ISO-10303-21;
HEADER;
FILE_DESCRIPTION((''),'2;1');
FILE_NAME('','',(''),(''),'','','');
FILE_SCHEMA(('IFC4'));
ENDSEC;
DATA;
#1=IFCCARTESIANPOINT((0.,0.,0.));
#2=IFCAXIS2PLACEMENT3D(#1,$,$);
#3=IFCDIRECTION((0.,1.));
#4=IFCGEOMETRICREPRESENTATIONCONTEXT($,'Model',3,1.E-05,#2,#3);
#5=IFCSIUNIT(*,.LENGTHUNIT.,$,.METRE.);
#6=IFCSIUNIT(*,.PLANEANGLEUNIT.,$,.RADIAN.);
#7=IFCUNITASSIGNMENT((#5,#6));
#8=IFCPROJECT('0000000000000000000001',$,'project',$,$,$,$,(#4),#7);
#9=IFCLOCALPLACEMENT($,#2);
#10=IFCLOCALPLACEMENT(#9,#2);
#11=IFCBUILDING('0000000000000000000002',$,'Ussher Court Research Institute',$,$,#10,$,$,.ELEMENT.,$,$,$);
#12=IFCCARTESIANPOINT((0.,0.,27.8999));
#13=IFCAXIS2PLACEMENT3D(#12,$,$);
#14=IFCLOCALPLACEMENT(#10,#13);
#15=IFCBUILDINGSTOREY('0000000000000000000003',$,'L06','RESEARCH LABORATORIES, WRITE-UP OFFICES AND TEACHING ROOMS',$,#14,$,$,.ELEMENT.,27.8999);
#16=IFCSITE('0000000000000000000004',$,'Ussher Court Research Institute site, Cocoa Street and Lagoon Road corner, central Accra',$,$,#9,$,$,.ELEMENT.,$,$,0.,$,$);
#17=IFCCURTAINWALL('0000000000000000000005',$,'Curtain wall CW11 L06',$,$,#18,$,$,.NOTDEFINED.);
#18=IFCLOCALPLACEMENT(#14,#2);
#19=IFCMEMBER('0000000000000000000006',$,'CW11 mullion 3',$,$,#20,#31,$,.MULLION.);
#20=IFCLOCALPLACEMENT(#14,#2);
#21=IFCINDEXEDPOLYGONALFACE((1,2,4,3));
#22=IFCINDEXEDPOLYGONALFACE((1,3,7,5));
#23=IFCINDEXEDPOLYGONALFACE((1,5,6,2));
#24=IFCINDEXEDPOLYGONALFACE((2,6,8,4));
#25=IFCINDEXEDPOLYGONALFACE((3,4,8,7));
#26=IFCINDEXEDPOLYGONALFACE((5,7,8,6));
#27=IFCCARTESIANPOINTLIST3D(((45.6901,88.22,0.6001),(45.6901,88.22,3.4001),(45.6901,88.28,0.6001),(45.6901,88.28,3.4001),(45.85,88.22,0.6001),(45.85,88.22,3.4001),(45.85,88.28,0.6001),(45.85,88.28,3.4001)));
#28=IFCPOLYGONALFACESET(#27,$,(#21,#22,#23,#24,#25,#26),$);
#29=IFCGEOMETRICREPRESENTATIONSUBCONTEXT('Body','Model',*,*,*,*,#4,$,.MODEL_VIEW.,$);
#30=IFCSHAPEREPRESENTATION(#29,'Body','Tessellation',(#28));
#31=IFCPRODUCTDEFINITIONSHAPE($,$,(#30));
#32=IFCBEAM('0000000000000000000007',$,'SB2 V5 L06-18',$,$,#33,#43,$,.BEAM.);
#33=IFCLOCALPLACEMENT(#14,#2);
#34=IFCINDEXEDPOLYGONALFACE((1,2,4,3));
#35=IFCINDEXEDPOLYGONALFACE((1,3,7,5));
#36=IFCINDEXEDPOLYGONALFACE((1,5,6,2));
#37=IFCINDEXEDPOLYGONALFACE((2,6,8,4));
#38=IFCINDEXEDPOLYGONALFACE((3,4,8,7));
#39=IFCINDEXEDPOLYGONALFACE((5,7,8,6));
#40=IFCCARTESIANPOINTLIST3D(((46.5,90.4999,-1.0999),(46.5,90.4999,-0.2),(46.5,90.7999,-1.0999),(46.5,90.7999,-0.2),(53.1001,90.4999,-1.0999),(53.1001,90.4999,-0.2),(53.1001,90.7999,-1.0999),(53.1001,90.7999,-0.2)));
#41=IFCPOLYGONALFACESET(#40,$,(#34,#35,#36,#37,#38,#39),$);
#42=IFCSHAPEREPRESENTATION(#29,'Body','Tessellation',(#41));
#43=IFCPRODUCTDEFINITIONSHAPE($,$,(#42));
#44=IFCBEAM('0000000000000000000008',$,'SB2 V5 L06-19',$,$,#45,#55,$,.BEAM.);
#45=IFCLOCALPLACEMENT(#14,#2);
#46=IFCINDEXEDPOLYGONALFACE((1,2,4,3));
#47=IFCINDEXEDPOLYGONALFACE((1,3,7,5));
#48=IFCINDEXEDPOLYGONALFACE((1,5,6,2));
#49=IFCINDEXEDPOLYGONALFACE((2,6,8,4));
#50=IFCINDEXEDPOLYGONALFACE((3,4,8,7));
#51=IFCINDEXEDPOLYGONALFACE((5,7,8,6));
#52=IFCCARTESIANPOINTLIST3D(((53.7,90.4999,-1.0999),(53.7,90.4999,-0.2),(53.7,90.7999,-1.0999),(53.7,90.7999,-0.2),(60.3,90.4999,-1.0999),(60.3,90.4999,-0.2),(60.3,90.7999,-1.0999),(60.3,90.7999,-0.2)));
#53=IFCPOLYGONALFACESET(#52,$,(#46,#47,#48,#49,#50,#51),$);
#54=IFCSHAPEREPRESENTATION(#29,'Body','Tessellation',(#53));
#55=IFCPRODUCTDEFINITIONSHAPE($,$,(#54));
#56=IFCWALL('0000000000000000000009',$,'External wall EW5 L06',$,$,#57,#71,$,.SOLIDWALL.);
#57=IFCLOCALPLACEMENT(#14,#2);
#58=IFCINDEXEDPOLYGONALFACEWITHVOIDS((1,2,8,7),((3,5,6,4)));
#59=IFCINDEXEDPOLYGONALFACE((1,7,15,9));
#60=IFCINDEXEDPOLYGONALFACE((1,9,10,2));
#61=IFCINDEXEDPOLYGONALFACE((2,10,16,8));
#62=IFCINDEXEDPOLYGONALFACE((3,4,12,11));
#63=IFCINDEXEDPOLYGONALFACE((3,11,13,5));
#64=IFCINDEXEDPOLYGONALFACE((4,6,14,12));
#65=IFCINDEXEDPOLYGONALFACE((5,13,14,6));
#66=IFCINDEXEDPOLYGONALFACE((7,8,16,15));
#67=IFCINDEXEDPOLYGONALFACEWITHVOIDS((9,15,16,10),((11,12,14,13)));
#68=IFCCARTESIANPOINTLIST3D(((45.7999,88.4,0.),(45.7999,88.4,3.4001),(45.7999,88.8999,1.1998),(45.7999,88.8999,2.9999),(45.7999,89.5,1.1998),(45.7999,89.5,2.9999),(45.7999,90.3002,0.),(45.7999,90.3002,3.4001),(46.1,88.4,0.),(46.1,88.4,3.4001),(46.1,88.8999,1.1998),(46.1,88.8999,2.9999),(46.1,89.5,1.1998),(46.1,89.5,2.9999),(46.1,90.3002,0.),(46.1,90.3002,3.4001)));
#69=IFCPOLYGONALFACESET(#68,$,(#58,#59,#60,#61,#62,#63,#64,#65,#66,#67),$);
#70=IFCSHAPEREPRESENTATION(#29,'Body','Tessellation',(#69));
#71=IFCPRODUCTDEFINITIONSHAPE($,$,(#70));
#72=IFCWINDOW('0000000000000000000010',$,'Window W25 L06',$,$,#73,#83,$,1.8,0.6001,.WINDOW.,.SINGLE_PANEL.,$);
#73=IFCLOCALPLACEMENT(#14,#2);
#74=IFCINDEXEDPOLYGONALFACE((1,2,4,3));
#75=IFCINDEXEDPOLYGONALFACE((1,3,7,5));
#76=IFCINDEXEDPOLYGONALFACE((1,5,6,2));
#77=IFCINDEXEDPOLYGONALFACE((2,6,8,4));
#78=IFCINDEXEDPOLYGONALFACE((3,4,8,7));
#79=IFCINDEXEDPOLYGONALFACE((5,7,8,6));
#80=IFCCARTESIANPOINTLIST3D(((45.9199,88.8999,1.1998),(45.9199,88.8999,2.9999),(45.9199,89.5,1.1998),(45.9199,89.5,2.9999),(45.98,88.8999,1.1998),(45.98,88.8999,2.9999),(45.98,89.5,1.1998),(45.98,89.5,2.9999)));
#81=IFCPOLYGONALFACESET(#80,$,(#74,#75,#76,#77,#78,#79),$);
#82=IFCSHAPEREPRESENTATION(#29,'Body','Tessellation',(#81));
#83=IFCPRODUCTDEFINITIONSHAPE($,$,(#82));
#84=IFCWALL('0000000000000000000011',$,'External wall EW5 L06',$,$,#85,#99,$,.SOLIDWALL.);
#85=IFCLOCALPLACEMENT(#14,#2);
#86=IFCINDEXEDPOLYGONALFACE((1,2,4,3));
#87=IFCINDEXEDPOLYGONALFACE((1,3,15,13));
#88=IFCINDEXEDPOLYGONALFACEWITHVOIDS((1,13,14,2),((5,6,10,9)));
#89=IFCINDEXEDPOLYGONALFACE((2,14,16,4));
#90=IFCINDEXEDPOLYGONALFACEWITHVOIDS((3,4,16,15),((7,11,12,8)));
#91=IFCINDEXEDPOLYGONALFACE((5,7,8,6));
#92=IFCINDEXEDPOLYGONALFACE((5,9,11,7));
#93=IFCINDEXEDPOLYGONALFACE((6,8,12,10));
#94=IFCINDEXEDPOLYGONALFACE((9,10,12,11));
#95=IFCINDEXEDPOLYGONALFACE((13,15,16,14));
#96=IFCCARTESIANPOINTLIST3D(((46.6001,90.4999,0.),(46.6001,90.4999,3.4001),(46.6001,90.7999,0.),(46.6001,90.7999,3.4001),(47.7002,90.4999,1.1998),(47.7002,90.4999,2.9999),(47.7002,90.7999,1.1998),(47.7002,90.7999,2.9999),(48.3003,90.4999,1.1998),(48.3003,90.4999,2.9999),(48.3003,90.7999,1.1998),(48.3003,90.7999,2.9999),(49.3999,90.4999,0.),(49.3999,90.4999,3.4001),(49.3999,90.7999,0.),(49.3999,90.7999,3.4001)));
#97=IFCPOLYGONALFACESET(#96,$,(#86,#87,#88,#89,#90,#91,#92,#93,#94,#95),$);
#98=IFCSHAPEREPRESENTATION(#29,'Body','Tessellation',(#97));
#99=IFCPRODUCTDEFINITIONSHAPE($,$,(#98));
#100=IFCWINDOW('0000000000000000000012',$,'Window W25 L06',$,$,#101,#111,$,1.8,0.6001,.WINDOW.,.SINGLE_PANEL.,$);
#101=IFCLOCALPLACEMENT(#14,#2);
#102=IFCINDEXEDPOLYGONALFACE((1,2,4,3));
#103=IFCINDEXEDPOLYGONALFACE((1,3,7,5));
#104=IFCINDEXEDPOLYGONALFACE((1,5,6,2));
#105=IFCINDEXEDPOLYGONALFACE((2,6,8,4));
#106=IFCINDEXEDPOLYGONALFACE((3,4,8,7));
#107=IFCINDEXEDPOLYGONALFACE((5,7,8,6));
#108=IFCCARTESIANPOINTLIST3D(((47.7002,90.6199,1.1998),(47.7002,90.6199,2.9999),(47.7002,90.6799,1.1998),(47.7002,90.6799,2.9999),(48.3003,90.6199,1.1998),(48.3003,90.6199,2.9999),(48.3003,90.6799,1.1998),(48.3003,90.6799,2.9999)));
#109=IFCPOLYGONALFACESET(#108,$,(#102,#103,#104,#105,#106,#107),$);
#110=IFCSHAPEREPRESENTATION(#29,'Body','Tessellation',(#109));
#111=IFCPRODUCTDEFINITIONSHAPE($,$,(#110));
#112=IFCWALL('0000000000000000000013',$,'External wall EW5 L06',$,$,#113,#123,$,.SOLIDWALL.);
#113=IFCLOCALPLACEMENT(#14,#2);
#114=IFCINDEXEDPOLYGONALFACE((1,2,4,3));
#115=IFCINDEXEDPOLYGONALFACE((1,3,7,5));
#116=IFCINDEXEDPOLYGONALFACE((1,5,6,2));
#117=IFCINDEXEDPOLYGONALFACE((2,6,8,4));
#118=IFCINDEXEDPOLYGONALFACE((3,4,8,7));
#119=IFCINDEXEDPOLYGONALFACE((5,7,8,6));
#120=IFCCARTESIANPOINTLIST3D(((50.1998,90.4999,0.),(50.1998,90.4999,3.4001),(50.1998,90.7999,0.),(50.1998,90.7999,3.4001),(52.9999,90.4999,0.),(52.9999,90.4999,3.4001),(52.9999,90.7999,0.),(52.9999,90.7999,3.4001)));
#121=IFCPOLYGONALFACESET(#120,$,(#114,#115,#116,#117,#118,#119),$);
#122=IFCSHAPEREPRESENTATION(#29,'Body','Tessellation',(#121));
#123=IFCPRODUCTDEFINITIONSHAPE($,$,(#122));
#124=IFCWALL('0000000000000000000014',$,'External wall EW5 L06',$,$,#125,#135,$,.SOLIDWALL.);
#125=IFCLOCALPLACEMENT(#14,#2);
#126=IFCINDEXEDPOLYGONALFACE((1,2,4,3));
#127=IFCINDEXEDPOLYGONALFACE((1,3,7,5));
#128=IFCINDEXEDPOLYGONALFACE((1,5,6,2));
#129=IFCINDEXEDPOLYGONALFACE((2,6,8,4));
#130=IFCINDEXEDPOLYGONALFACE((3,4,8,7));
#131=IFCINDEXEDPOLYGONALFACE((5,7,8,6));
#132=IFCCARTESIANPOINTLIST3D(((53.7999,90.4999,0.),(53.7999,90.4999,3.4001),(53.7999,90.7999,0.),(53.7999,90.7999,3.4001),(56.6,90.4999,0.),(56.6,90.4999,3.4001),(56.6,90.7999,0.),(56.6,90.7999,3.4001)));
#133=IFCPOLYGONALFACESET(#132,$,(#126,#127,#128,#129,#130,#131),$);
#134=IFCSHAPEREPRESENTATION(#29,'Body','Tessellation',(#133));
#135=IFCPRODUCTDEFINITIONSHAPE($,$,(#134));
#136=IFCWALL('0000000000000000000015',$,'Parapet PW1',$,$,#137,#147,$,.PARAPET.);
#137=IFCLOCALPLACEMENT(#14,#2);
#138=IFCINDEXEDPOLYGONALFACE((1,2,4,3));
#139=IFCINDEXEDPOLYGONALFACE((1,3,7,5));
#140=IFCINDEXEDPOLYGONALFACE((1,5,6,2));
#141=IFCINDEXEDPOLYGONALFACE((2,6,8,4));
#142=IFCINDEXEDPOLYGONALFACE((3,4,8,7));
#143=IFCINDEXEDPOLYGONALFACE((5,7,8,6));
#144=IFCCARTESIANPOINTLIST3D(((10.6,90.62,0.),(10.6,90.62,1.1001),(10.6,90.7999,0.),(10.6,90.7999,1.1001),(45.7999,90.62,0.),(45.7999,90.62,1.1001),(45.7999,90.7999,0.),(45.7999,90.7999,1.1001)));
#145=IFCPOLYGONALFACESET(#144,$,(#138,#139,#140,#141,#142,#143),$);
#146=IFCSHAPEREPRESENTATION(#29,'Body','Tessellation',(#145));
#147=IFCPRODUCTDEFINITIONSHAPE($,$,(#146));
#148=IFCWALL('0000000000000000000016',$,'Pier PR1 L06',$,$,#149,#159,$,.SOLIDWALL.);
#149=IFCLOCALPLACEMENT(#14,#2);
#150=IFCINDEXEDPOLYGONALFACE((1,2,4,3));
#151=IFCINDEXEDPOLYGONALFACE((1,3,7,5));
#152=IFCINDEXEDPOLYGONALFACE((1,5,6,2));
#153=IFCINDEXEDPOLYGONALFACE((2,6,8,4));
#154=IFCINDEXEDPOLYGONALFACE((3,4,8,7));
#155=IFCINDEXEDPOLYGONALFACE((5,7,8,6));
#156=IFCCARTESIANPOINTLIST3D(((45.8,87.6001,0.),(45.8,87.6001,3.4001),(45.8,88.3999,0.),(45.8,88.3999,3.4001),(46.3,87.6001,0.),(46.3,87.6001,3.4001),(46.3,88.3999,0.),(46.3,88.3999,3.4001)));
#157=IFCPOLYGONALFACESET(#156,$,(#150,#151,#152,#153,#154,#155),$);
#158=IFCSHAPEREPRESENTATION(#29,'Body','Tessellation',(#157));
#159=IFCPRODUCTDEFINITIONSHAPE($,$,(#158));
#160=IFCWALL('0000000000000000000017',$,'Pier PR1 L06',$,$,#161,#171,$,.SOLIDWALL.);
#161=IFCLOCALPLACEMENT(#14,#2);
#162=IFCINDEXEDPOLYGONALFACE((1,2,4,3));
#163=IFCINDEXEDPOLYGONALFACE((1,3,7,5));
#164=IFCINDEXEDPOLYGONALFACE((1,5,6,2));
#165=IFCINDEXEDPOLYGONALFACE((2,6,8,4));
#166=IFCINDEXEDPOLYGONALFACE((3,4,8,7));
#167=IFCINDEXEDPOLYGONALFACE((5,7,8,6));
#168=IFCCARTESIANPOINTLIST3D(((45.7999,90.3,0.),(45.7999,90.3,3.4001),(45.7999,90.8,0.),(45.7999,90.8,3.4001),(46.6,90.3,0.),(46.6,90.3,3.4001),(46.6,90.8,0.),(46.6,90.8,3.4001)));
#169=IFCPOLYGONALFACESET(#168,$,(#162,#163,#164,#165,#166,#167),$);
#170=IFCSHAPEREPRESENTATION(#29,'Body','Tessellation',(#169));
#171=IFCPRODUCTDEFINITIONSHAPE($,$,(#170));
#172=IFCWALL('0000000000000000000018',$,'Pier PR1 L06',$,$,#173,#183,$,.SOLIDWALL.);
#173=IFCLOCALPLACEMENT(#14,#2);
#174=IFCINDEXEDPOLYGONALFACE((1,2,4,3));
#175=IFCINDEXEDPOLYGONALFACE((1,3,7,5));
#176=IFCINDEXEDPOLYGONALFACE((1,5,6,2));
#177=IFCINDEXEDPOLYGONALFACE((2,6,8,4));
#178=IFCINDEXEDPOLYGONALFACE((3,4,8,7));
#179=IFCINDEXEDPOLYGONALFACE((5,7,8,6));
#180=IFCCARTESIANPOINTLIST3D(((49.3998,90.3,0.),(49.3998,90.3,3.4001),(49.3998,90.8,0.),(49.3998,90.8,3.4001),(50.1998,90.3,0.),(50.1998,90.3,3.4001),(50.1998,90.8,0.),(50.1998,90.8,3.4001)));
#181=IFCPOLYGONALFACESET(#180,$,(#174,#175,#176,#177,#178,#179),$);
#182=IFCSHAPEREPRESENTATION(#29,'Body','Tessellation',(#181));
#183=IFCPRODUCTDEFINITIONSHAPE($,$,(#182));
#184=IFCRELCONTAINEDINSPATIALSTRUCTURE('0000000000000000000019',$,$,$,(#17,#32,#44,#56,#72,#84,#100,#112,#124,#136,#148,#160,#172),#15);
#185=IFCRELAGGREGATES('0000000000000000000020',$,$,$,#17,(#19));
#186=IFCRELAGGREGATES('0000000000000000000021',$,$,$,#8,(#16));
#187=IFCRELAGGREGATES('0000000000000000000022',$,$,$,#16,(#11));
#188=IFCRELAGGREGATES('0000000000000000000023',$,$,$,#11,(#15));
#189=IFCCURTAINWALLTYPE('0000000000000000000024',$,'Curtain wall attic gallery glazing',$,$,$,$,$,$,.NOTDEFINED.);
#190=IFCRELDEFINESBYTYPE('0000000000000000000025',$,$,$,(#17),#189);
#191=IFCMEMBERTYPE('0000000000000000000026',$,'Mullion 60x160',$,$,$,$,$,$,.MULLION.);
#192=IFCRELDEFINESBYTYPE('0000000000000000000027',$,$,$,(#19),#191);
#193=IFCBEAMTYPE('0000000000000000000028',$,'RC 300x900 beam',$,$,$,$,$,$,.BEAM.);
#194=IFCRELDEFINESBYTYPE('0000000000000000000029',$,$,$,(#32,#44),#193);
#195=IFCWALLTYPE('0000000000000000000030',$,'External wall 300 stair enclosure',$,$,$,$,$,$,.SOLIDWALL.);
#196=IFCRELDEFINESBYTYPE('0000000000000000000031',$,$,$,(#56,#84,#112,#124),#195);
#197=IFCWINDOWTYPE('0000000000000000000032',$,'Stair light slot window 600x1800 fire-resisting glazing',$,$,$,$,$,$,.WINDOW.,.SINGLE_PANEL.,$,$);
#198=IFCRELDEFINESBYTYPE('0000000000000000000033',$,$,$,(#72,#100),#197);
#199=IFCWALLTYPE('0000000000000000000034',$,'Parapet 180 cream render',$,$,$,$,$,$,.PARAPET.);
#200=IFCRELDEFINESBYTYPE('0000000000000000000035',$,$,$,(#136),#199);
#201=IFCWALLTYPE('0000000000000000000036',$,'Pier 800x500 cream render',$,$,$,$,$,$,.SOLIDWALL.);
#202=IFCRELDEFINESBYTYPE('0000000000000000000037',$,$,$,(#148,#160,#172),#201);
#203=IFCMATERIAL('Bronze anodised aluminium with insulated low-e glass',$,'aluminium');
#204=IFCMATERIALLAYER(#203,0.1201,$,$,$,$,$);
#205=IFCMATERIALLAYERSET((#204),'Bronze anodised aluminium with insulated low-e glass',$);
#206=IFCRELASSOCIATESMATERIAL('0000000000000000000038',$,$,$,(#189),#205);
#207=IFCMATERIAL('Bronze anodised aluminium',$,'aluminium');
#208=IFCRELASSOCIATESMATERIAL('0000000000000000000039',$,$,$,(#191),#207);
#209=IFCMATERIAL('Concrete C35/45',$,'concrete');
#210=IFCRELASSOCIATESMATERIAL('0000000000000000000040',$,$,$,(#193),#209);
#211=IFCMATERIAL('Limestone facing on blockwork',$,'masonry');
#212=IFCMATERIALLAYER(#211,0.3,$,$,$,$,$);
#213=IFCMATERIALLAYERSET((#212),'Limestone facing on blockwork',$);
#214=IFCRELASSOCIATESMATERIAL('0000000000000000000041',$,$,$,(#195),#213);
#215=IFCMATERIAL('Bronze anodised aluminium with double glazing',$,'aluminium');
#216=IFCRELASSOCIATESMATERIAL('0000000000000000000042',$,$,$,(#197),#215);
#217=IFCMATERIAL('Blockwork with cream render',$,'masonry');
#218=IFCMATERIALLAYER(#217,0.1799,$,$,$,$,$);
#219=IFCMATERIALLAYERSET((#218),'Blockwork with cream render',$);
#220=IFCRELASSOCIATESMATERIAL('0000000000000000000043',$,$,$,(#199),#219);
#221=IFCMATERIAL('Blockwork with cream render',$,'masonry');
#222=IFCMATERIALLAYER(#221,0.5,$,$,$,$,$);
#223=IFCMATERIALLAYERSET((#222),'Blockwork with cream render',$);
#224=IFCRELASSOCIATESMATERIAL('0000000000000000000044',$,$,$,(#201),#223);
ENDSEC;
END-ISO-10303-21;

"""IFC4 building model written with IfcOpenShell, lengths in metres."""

from ifc_helpers import new_model, si_unit, direction, frame, frame_2d, origin, origin_2d, place, context, subcontext, project, spatial, rectangle, extrude, material, layer, layer_set, material_profile, profile_set, type_object, element, fill, aggregate, save


model = new_model("IFC4")

# Units and contexts
model_context = context("Model", 3, precision=1e-05, world=origin(), true_north=direction((0.0, 1.0)))
body_context = subcontext(model_context, "Body", "Model", "MODEL_VIEW")
ifc_project = project(units=[si_unit("LENGTHUNIT", "METRE"), si_unit("PLANEANGLEUNIT", "RADIAN")], contexts=[model_context])

# Site, building, storey
site_placement = place(None, origin())
site = spatial("IfcSite", under=ifc_project, at=site_placement, Name="Ussher Court Research Institute site, Cocoa Street and Lagoon Road corner, central Accra", CompositionType="ELEMENT", RefElevation=0.0)
building_placement = place(site_placement, origin())
building = spatial("IfcBuilding", under=site, at=building_placement, Name="Ussher Court Research Institute", CompositionType="ELEMENT")
storey_placement = place(building_placement, frame((0.0, 0.0, 27.8999)))
storey = spatial("IfcBuildingStorey", under=building, at=storey_placement, Name="L06", Description="RESEARCH LABORATORIES, WRITE-UP OFFICES AND TEACHING ROOMS", CompositionType="ELEMENT", Elevation=27.8999)

# Curtain wall, member
ifc_material_1 = material(Name="Bronze anodised aluminium with insulated low-e glass", Category="aluminium")
ifc_layer_1 = layer(ifc_material_1, 0.1201)
ifc_layer_set_1 = layer_set([ifc_layer_1], Name="Bronze anodised aluminium with insulated low-e glass")
curtain_wall_type = type_object("IfcCurtainWallType", Name="Curtain wall attic gallery glazing", PredefinedType="NOTDEFINED", material=ifc_layer_set_1)
curtain_wall_placement = place(storey_placement, origin())
curtain_wall = element("IfcCurtainWall", 1, at=curtain_wall_placement, inside=storey, type_object=curtain_wall_type, Name="Curtain wall CW11 L06", PredefinedType="NOTDEFINED")
ifc_material_2 = material(Name="Bronze anodised aluminium", Category="aluminium")
ifc_material_profile_1 = material_profile(ifc_material_2, rectangle(XDim=0.0601, YDim=0.1599, at=origin_2d()), Name="Mullion 60x160")
ifc_profile_set_1 = profile_set([ifc_material_profile_1], Name="Bronze anodised aluminium")
member_type = type_object("IfcMemberType", Name="Mullion 60x160", PredefinedType="MULLION", material=ifc_profile_set_1)
member_placement = place(storey_placement, frame((45.77, 88.25, 0.6001), z_axis=(0.0, 0.0, 1.0), x_axis=(0.0, 1.0, 0.0)))
member = element("IfcMember", 2, at=member_placement, type_object=member_type, Name="CW11 mullion 3", PredefinedType="MULLION", context=body_context, shape_type="SweptSolid", body=[
    extrude(rectangle(XDim=0.0601, YDim=0.1599, at=origin_2d()), origin(), (0.0, 0.0, 1.0), 2.8),
])
aggregate(curtain_wall, [member])

# Beams
ifc_material_3 = material(Name="Concrete C35/45", Category="concrete")
ifc_material_profile_2 = material_profile(ifc_material_3, rectangle(XDim=0.3, YDim=0.8999, at=origin_2d()), Name="RC 300x900")
ifc_profile_set_2 = profile_set([ifc_material_profile_2], Name="Concrete C35/45")
beam_type = type_object("IfcBeamType", Name="RC 300x900 beam", PredefinedType="BEAM", material=ifc_profile_set_2)
for number, where, z_axis, x_axis, name in (
    (3, (46.5, 90.6499, -0.6499), (1.0, 0.0, 0.0), (0.0, 1.0, 0.0), "SB2 V5 L06-18"),
    (4, (53.7, 90.6499, -0.6499), (1.0, 0.0, 0.0), (0.0, 1.0, 0.0), "SB2 V5 L06-19"),
):
    element("IfcBeam", number, at=place(storey_placement, frame(where, z_axis=z_axis, x_axis=x_axis)), inside=storey, type_object=beam_type, Name=name, PredefinedType="BEAM", context=body_context, shape_type="SweptSolid", body=[
        extrude(rectangle(XDim=0.3, YDim=0.8999, at=origin_2d()), origin(), (0.0, 0.0, 1.0), 6.6001),
    ])

# Walls, openings, windows
ifc_material_4 = material(Name="Limestone facing on blockwork", Category="masonry")
ifc_layer_2 = layer(ifc_material_4, 0.3)
ifc_layer_set_2 = layer_set([ifc_layer_2], Name="Limestone facing on blockwork")
wall_type_1 = type_object("IfcWallType", Name="External wall 300 stair enclosure", PredefinedType="SOLIDWALL", material=ifc_layer_set_2)
wall_1_placement = place(storey_placement, frame((45.95, 88.3999, 0.0), z_axis=(0.0, 0.0, 1.0), x_axis=(0.0, 1.0, 0.0)))
wall_1 = element("IfcWall", 5, at=wall_1_placement, inside=storey, type_object=wall_type_1, Name="External wall EW5 L06", PredefinedType="SOLIDWALL", context=body_context, shape_type="SweptSolid", body=[
    extrude(rectangle(XDim=1.9001, YDim=0.3, at=frame_2d((0.9502, 0.0))), origin(), (0.0, 0.0, 1.0), 3.4001),
])
opening_1_placement = place(wall_1_placement, frame((0.5, 0.0, 1.2)))
opening_1 = element("IfcOpeningElement", 6, at=opening_1_placement, cuts=wall_1, PredefinedType="OPENING", context=body_context, shape_type="SweptSolid", body=[
    extrude(rectangle(XDim=0.6001, YDim=1.8, at=frame_2d((0.3, 0.8999))), frame((0.0, 0.1602, 0.0), z_axis=(0.0, -1.0, 0.0), x_axis=(1.0, 0.0, 0.0)), (0.0, 0.0, 1.0), 0.3201),
])
ifc_material_5 = material(Name="Bronze anodised aluminium with double glazing", Category="aluminium")
window_type = type_object("IfcWindowType", Name="Stair light slot window 600x1800 fire-resisting glazing", PartitioningType="SINGLE_PANEL", PredefinedType="WINDOW", material=ifc_material_5)
window_1_placement = place(opening_1_placement, origin())
window_1 = element("IfcWindow", 7, at=window_1_placement, inside=storey, type_object=window_type, Name="Window W25 L06", OverallHeight=1.8, OverallWidth=0.6001, PartitioningType="SINGLE_PANEL", PredefinedType="WINDOW", context=body_context, shape_type="SweptSolid", body=[
    extrude(rectangle(XDim=0.6001, YDim=1.8, at=frame_2d((0.3, 0.8999))), frame((0.0, 0.03, 0.0), z_axis=(0.0, -1.0, 0.0), x_axis=(1.0, 0.0, 0.0)), (0.0, 0.0, 1.0), 0.0601),
])
fill(opening_1, window_1)
wall_2_placement = place(storey_placement, frame((46.6001, 90.6499, 0.0), z_axis=(0.0, 0.0, 1.0), x_axis=(1.0, 0.0, 0.0)))
wall_2 = element("IfcWall", 8, at=wall_2_placement, inside=storey, type_object=wall_type_1, Name="External wall EW5 L06", PredefinedType="SOLIDWALL", context=body_context, shape_type="SweptSolid", body=[
    extrude(rectangle(XDim=2.7998, YDim=0.3, at=frame_2d((1.3999, 0.0))), origin(), (0.0, 0.0, 1.0), 3.4001),
])
opening_2_placement = place(wall_2_placement, frame((1.1001, 0.0, 1.2)))
opening_2 = element("IfcOpeningElement", 9, at=opening_2_placement, cuts=wall_2, PredefinedType="OPENING", context=body_context, shape_type="SweptSolid", body=[
    extrude(rectangle(XDim=0.6001, YDim=1.8, at=frame_2d((0.3, 0.8999))), frame((0.0, 0.1602, 0.0), z_axis=(0.0, -1.0, 0.0), x_axis=(1.0, 0.0, 0.0)), (0.0, 0.0, 1.0), 0.3201),
])
window_2_placement = place(opening_2_placement, origin())
window_2 = element("IfcWindow", 10, at=window_2_placement, inside=storey, type_object=window_type, Name="Window W25 L06", OverallHeight=1.8, OverallWidth=0.6001, PartitioningType="SINGLE_PANEL", PredefinedType="WINDOW", context=body_context, shape_type="SweptSolid", body=[
    extrude(rectangle(XDim=0.6001, YDim=1.8, at=frame_2d((0.3, 0.8999))), frame((0.0, 0.03, 0.0), z_axis=(0.0, -1.0, 0.0), x_axis=(1.0, 0.0, 0.0)), (0.0, 0.0, 1.0), 0.0601),
])
fill(opening_2, window_2)

# Walls
for number, where, z_axis, x_axis, name in (
    (11, (50.2, 90.6499, 0.0), (0.0, 0.0, 1.0), (1.0, 0.0, 0.0), "External wall EW5 L06"),
    (12, (53.8, 90.6499, 0.0), (0.0, 0.0, 1.0), (1.0, 0.0, 0.0), "External wall EW5 L06"),
):
    element("IfcWall", number, at=place(storey_placement, frame(where, z_axis=z_axis, x_axis=x_axis)), inside=storey, type_object=wall_type_1, Name=name, PredefinedType="SOLIDWALL", context=body_context, shape_type="SweptSolid", body=[
        extrude(rectangle(XDim=2.8, YDim=0.3, at=frame_2d((1.3999, 0.0))), origin(), (0.0, 0.0, 1.0), 3.4001),
    ])
ifc_material_6 = material(Name="Blockwork with cream render", Category="masonry")
ifc_layer_3 = layer(ifc_material_6, 0.1799)
ifc_layer_set_3 = layer_set([ifc_layer_3], Name="Blockwork with cream render")
wall_type_2 = type_object("IfcWallType", Name="Parapet 180 cream render", PredefinedType="PARAPET", material=ifc_layer_set_3)
wall_3_placement = place(storey_placement, frame((45.8, 90.71, 0.0), z_axis=(0.0, 0.0, 1.0), x_axis=(-1.0, 0.0, 0.0)))
element("IfcWall", 13, at=wall_3_placement, inside=storey, type_object=wall_type_2, Name="Parapet PW1", PredefinedType="PARAPET", context=body_context, shape_type="SweptSolid", body=[
    extrude(rectangle(XDim=35.2, YDim=0.1799, at=frame_2d((17.6001, 0.0))), origin(), (0.0, 0.0, 1.0), 1.1001),
])
ifc_material_7 = material(Name="Blockwork with cream render", Category="masonry")
ifc_layer_4 = layer(ifc_material_7, 0.5)
ifc_layer_set_4 = layer_set([ifc_layer_4], Name="Blockwork with cream render")
wall_type_3 = type_object("IfcWallType", Name="Pier 800x500 cream render", PredefinedType="SOLIDWALL", material=ifc_layer_set_4)
wall_4_placement = place(storey_placement, frame((46.05, 87.6001, 0.0), z_axis=(0.0, 0.0, 1.0), x_axis=(0.0, 1.0, 0.0)))
element("IfcWall", 14, at=wall_4_placement, inside=storey, type_object=wall_type_3, Name="Pier PR1 L06", PredefinedType="SOLIDWALL", context=body_context, shape_type="SweptSolid", body=[
    extrude(rectangle(XDim=0.7998, YDim=0.5, at=frame_2d((0.3999, 0.0))), origin(), (0.0, 0.0, 1.0), 3.4001),
])
for number, where, z_axis, x_axis, name in (
    (15, (45.8, 90.55, 0.0), (0.0, 0.0, 1.0), (1.0, 0.0, 0.0), "Pier PR1 L06"),
    (16, (49.3999, 90.55, 0.0), (0.0, 0.0, 1.0), (1.0, 0.0, 0.0), "Pier PR1 L06"),
):
    element("IfcWall", number, at=place(storey_placement, frame(where, z_axis=z_axis, x_axis=x_axis)), inside=storey, type_object=wall_type_3, Name=name, PredefinedType="SOLIDWALL", context=body_context, shape_type="SweptSolid", body=[
        extrude(rectangle(XDim=0.8, YDim=0.5, at=frame_2d((0.3999, 0.0))), origin(), (0.0, 0.0, 1.0), 3.4001),
    ])

save(model, "model.ifc")
